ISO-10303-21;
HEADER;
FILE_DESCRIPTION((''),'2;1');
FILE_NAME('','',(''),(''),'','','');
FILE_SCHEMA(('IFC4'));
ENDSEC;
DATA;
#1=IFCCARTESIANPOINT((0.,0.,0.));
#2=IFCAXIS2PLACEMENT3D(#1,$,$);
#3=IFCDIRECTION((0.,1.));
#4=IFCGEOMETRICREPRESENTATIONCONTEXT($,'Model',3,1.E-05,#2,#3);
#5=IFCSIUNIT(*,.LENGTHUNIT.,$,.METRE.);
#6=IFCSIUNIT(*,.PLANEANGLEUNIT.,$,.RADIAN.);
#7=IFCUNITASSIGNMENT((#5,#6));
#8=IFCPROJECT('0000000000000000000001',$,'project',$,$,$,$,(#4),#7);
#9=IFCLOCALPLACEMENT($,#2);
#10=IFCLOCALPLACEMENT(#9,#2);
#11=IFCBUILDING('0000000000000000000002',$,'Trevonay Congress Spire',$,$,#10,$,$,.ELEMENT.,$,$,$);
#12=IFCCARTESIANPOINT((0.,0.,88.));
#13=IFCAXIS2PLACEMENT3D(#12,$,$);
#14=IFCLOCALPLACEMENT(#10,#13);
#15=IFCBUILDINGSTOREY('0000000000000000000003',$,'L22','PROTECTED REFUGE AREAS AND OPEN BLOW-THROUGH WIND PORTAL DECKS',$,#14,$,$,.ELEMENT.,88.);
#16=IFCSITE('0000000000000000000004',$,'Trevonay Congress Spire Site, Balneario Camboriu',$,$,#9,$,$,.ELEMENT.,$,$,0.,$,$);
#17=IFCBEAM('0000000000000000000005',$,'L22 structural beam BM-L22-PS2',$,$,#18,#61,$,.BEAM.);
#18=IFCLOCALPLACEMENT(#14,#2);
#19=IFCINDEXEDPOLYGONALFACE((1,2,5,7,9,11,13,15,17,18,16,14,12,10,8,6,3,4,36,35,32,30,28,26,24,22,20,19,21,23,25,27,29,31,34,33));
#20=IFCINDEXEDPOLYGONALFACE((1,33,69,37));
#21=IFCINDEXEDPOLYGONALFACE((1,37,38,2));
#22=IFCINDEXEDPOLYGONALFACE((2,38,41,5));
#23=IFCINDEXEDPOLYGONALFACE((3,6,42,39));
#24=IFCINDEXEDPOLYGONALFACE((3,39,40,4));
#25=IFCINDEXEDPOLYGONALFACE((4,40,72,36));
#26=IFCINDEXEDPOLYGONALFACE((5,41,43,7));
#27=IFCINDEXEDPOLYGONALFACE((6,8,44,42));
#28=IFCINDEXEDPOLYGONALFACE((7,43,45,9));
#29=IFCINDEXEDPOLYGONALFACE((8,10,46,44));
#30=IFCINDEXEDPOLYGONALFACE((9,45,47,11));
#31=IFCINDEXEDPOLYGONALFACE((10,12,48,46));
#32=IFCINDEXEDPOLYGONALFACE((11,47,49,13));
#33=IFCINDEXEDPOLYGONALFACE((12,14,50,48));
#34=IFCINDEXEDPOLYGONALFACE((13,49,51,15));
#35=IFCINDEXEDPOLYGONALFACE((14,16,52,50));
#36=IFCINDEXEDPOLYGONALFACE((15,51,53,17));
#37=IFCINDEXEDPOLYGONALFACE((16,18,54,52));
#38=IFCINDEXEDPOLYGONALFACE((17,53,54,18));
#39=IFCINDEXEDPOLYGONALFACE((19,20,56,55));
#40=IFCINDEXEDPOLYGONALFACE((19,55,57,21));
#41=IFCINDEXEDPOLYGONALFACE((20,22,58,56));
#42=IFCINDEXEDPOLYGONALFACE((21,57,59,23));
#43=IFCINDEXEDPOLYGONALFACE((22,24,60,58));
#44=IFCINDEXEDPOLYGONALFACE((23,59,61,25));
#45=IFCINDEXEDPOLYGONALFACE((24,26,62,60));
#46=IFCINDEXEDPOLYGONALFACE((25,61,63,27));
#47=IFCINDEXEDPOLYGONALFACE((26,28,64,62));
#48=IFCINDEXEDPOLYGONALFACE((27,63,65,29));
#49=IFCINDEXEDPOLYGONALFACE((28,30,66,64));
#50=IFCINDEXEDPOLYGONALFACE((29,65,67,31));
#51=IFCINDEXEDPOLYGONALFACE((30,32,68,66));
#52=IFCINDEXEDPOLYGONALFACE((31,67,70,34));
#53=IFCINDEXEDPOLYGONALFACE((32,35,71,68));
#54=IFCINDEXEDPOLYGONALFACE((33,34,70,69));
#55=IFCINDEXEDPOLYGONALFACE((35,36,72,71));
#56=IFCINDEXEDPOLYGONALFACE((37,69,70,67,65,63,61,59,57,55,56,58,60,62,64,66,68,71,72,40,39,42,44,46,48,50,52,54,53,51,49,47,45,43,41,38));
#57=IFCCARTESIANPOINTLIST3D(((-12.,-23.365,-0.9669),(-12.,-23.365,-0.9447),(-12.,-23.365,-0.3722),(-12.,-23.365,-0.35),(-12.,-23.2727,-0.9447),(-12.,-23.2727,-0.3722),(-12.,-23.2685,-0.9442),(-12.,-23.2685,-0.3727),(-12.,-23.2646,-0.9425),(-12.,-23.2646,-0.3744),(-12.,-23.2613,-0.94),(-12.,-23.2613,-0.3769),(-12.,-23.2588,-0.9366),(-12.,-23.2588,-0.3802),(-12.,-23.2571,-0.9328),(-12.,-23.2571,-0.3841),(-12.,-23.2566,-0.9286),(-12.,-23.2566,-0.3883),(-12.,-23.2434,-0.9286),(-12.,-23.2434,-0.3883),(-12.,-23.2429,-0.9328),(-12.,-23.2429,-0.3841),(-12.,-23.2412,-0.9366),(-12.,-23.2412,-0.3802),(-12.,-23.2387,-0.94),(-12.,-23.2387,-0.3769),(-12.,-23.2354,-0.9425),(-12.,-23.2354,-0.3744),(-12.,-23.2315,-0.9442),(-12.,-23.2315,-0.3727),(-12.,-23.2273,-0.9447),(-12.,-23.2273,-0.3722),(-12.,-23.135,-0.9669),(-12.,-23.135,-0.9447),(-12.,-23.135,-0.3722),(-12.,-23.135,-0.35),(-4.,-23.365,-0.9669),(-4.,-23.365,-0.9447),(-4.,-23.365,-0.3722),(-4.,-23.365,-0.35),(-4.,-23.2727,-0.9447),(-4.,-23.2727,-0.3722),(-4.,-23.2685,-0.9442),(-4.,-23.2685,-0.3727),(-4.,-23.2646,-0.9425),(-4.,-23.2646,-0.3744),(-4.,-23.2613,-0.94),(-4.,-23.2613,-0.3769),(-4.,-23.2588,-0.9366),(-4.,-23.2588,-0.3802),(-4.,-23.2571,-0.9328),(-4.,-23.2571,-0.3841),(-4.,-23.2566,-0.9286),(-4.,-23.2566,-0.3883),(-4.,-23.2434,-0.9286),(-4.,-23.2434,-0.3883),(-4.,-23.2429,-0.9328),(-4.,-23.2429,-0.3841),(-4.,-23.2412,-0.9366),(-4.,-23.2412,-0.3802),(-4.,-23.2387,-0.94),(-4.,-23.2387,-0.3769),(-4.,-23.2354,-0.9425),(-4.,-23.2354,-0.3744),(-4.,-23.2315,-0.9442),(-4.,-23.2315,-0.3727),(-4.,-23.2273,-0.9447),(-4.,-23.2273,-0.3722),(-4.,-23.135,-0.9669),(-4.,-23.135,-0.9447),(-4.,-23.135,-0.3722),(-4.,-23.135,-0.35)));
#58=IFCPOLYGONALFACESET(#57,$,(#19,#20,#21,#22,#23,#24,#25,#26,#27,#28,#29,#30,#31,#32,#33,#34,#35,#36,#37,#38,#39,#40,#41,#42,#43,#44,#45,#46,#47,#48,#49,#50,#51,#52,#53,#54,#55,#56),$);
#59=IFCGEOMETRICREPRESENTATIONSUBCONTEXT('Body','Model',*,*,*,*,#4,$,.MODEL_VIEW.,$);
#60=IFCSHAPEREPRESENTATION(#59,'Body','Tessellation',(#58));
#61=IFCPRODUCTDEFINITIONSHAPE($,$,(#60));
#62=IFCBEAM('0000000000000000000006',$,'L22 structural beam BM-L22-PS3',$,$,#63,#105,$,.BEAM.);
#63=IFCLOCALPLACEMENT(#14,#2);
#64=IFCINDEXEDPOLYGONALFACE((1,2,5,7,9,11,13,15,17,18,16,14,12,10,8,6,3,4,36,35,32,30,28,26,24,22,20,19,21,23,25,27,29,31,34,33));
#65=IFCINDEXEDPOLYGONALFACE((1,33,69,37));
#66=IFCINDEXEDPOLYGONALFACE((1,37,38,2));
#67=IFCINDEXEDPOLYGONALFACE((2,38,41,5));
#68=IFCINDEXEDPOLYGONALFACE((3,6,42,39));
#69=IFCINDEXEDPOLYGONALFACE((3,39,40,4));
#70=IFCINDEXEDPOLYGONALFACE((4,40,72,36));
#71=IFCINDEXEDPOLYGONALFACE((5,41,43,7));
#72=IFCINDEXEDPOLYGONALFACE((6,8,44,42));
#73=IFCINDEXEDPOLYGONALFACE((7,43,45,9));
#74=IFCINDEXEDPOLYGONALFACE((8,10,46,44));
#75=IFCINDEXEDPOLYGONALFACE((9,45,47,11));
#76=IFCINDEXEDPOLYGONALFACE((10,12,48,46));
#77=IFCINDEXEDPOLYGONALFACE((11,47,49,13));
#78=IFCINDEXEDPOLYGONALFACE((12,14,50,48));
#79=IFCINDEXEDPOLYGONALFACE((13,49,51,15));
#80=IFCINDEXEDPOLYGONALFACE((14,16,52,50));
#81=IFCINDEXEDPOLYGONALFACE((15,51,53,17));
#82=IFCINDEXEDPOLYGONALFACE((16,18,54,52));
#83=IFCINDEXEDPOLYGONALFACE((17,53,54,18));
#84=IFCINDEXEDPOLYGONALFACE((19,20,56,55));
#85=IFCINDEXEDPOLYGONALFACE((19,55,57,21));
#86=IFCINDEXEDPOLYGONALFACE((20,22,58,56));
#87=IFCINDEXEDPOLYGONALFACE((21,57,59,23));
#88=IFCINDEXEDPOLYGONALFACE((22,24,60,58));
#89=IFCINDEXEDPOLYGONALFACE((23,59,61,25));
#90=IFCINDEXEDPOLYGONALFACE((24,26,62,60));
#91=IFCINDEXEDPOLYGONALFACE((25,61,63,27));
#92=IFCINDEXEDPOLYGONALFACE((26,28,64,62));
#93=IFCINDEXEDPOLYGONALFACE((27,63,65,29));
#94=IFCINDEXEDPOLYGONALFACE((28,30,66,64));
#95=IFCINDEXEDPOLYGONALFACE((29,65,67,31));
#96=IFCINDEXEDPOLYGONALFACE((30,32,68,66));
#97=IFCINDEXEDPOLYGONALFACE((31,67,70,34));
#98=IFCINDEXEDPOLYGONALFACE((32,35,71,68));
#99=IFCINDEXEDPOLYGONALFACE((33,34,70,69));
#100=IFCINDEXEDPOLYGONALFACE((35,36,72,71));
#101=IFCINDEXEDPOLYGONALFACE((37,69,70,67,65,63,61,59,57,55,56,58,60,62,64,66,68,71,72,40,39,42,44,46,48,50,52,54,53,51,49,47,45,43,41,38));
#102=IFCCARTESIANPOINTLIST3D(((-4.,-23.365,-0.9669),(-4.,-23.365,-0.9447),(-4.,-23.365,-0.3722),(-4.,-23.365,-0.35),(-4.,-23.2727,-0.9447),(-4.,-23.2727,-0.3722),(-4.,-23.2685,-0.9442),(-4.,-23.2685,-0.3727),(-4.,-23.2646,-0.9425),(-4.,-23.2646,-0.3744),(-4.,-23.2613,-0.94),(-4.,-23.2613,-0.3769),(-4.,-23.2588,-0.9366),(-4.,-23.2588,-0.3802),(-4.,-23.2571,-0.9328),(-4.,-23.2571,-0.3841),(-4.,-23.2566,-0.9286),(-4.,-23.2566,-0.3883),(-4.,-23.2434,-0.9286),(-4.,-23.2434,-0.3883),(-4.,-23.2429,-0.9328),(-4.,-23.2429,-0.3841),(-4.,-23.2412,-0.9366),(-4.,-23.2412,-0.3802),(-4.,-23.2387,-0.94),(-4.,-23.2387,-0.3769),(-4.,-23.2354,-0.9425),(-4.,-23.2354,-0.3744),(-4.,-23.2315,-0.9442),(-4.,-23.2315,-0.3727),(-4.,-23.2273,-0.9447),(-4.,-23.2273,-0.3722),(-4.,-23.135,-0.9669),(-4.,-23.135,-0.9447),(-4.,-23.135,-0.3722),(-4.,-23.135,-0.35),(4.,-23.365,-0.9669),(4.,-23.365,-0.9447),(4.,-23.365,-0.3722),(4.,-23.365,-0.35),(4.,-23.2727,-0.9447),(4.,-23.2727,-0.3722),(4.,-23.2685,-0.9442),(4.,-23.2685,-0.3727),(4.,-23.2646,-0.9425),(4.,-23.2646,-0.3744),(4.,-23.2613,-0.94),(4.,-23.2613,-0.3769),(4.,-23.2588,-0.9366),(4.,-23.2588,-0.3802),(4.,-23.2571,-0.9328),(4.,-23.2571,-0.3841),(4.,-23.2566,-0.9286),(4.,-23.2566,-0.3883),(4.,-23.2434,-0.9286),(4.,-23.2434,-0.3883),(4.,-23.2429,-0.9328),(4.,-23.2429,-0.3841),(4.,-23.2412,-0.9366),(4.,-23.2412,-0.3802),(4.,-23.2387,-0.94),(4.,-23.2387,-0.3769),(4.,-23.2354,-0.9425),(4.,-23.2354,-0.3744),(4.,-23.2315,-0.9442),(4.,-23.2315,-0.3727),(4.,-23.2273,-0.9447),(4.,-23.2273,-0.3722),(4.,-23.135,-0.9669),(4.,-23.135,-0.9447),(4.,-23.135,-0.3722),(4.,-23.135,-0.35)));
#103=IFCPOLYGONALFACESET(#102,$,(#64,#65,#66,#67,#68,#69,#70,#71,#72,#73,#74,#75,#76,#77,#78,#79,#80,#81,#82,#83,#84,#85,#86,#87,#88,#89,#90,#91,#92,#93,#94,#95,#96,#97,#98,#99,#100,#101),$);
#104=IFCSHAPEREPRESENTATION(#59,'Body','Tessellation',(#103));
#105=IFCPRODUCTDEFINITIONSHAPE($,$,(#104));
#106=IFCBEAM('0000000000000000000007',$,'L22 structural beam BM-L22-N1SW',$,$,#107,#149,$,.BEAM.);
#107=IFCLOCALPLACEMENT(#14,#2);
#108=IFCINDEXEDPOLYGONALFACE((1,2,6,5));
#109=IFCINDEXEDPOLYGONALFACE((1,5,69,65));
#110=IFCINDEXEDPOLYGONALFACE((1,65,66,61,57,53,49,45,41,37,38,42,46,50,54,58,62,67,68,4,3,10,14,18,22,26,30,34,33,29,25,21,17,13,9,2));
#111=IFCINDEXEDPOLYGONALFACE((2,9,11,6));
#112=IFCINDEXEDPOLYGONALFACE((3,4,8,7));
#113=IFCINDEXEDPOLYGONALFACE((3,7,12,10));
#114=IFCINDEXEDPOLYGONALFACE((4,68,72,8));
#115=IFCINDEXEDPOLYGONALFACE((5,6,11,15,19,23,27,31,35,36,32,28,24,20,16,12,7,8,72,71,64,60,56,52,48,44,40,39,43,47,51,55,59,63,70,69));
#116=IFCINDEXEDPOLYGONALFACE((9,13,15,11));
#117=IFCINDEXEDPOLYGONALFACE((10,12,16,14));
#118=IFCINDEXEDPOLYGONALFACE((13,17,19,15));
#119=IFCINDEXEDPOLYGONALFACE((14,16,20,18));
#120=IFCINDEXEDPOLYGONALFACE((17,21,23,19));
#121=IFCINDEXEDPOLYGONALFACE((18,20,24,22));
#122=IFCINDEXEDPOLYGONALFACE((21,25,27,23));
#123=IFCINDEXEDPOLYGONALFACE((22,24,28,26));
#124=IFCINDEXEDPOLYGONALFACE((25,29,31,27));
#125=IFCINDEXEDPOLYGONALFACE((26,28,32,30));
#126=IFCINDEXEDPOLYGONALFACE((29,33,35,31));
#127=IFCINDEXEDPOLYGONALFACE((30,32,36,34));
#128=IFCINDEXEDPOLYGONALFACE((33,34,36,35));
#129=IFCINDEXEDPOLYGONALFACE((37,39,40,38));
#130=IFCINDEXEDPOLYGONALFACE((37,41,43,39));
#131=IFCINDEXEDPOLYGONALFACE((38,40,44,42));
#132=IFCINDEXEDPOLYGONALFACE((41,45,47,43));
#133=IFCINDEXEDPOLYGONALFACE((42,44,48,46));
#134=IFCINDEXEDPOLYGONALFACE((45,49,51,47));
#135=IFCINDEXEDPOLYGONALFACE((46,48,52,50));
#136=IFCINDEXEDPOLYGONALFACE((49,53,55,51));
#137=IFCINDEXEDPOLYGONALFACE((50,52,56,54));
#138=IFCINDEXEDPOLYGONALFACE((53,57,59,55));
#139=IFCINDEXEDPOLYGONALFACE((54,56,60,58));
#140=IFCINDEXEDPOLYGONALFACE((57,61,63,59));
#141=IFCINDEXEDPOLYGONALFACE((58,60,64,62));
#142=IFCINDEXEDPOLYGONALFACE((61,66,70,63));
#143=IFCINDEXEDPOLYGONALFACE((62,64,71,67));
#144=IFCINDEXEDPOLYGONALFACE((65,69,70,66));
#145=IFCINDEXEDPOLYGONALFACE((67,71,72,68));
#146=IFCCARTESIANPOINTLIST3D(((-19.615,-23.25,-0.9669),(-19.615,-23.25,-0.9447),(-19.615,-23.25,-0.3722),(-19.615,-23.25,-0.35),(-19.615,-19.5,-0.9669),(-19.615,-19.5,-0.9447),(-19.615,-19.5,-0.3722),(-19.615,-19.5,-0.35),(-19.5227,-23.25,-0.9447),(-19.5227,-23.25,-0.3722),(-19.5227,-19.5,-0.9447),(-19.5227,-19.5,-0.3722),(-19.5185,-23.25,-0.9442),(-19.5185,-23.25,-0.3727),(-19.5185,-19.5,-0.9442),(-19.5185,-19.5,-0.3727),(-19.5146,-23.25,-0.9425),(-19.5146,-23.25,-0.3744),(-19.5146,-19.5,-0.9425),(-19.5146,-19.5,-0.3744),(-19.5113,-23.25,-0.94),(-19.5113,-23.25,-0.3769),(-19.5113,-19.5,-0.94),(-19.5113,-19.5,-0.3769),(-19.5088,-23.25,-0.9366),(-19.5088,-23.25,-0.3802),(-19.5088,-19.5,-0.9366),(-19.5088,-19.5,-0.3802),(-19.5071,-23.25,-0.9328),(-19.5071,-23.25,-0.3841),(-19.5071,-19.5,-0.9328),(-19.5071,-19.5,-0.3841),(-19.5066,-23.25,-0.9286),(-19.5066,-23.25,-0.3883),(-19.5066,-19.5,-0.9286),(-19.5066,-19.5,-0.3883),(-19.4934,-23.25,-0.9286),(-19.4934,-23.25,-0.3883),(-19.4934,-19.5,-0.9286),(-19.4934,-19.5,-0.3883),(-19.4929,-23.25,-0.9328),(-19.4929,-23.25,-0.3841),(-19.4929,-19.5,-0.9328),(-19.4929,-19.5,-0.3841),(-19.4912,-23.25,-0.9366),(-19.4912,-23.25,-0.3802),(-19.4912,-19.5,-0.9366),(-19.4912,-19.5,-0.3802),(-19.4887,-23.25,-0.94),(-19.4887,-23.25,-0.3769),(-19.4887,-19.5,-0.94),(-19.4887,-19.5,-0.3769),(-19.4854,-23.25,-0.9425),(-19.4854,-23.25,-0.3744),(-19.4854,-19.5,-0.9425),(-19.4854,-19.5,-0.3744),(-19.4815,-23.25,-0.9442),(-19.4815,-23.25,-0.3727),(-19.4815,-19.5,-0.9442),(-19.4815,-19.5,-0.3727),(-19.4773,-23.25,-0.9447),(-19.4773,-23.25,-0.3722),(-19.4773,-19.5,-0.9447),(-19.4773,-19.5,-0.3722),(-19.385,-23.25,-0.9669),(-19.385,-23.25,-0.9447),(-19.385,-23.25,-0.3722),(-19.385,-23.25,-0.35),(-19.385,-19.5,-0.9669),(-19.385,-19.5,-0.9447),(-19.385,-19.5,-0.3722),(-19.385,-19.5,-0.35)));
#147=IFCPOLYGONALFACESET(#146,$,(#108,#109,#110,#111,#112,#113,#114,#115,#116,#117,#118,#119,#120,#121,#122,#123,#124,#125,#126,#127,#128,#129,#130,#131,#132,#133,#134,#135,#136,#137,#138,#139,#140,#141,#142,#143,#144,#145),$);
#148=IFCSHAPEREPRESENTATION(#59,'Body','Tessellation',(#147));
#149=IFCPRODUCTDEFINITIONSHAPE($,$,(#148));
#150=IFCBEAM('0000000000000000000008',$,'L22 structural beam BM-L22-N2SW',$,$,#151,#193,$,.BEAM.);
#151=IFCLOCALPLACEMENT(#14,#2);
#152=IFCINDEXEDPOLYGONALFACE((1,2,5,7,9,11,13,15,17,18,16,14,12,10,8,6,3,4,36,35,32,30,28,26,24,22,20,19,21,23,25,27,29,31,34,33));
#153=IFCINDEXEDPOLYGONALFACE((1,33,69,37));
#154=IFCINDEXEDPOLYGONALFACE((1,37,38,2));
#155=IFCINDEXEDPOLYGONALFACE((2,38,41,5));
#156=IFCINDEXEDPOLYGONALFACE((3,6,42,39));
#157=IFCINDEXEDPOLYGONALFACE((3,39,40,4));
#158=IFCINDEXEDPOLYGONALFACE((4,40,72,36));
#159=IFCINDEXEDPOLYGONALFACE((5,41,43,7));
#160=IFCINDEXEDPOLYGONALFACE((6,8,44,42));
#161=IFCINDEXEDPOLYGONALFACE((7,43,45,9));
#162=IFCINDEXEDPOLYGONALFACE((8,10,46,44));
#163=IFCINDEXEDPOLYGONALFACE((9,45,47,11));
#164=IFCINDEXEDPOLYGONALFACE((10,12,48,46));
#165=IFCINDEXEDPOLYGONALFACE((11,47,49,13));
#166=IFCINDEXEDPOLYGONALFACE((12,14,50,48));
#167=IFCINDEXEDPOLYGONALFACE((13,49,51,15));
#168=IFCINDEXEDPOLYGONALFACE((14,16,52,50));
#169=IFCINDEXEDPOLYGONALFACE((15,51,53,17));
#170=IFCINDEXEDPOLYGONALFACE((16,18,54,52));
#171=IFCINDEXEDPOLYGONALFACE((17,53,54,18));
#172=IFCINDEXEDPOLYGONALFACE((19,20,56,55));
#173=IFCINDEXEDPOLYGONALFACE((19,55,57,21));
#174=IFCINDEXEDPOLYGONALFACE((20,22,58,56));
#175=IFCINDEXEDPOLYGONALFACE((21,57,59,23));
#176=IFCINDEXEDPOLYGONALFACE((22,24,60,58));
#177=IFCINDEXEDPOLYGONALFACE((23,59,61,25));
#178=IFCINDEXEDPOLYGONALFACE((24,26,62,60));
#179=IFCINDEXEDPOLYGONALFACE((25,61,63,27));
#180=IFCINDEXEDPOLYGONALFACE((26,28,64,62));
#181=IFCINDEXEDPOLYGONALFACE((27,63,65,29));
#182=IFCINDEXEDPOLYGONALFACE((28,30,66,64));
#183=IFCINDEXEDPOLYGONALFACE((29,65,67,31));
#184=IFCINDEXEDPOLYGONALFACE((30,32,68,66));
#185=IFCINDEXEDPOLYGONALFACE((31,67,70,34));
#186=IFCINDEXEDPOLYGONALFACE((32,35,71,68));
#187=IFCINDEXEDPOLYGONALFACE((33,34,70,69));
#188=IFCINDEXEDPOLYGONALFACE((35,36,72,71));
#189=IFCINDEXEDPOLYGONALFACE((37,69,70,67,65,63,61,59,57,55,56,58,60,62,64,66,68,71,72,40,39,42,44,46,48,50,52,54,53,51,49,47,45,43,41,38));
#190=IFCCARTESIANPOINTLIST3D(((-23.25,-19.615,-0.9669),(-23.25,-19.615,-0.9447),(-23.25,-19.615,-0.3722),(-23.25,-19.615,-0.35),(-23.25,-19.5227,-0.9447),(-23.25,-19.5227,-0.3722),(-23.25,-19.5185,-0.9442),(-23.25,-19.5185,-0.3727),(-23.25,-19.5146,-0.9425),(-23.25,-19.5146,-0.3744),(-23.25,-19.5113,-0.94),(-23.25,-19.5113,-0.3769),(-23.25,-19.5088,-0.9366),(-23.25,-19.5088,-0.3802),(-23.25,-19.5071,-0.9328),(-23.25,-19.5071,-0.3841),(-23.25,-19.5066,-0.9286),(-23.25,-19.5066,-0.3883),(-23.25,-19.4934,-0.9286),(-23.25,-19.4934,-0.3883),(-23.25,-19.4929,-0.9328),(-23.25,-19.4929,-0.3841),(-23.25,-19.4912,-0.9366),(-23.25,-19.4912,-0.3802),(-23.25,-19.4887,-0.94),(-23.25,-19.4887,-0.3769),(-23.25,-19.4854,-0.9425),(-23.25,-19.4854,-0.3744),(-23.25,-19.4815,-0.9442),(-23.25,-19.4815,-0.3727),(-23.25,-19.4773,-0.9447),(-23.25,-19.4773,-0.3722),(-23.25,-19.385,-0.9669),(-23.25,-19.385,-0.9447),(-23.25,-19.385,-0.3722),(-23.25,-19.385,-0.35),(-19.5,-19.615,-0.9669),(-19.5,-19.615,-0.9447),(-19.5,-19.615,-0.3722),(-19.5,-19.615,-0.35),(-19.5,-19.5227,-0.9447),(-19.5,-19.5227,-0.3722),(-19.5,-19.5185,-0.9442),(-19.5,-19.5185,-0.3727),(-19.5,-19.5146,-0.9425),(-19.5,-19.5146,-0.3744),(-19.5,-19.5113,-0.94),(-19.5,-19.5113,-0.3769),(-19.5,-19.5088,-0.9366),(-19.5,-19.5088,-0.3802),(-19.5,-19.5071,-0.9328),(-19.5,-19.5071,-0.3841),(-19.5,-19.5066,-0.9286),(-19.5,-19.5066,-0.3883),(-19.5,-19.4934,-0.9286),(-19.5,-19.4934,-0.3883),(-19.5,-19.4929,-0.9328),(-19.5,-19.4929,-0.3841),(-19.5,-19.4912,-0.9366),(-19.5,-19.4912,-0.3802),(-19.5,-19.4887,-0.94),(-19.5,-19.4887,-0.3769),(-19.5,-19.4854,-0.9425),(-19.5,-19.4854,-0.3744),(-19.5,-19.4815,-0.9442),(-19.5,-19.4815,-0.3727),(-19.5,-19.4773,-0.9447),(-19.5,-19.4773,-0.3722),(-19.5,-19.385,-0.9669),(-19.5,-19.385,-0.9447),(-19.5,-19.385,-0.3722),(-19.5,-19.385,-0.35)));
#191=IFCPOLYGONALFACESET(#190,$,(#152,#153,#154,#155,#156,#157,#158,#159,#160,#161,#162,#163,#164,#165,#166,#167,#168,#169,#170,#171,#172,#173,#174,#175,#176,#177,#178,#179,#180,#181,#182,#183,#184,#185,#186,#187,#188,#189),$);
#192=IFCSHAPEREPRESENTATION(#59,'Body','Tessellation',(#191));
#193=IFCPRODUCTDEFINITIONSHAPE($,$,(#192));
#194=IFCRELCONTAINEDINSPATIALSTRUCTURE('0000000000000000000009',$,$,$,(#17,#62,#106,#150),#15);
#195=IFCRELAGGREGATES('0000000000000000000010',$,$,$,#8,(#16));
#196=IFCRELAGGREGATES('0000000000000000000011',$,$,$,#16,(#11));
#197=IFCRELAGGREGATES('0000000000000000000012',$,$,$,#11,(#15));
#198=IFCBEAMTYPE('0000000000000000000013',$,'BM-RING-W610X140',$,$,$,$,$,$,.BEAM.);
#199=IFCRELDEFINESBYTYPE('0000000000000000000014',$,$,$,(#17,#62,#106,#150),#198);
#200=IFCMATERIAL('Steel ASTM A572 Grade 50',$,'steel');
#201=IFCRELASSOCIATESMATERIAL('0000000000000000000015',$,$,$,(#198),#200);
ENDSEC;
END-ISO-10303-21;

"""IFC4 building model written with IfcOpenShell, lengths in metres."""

from ifc_helpers import new_model, si_unit, direction, frame, origin, origin_2d, place, context, subcontext, project, spatial, i_section, extrude, material, material_profile, profile_set, type_object, element, save


model = new_model("IFC4")

# Units and contexts
model_context = context("Model", 3, precision=1e-05, world=origin(), true_north=direction((0.0, 1.0)))
body_context = subcontext(model_context, "Body", "Model", "MODEL_VIEW")
ifc_project = project(units=[si_unit("LENGTHUNIT", "METRE"), si_unit("PLANEANGLEUNIT", "RADIAN")], contexts=[model_context])

# Site, building, storey
site_placement = place(None, origin())
site = spatial("IfcSite", under=ifc_project, at=site_placement, Name="Trevonay Congress Spire Site, Balneario Camboriu", CompositionType="ELEMENT", RefElevation=0.0)
building_placement = place(site_placement, origin())
building = spatial("IfcBuilding", under=site, at=building_placement, Name="Trevonay Congress Spire", CompositionType="ELEMENT")
storey_placement = place(building_placement, frame((0.0, 0.0, 88.0)))
storey = spatial("IfcBuildingStorey", under=building, at=storey_placement, Name="L22", Description="PROTECTED REFUGE AREAS AND OPEN BLOW-THROUGH WIND PORTAL DECKS", CompositionType="ELEMENT", Elevation=88.0)

# Shared definitions
ifc_material_1 = material(Name="Steel ASTM A572 Grade 50", Category="steel")

# Beams
ifc_material_profile_1 = material_profile(ifc_material_1, i_section(OverallWidth=0.23, OverallDepth=0.6169, WebThickness=0.0132, FlangeThickness=0.0222, FilletRadius=0.0161, at=origin_2d()), Name="W610x140")
ifc_profile_set_1 = profile_set([ifc_material_profile_1], Name="Steel ASTM A572 Grade 50")
beam_type_1 = type_object("IfcBeamType", Name="BM-RING-W610X140", PredefinedType="BEAM", material=ifc_profile_set_1)
for number, where, z_axis, x_axis, name in (
    (1, (-12.0, -23.25, -0.6584), (1.0, 0.0, 0.0), (0.0, 1.0, 0.0), "L22 structural beam BM-L22-PS2"),
    (2, (-4.0, -23.25, -0.6584), (1.0, 0.0, 0.0), (0.0, 1.0, 0.0), "L22 structural beam BM-L22-PS3"),
):
    element("IfcBeam", number, at=place(storey_placement, frame(where, z_axis=z_axis, x_axis=x_axis)), inside=storey, type_object=beam_type_1, Name=name, PredefinedType="BEAM", context=body_context, shape_type="SweptSolid", body=[
        extrude(i_section(OverallWidth=0.23, OverallDepth=0.6169, WebThickness=0.0132, FlangeThickness=0.0222, FilletRadius=0.0161, at=origin_2d()), origin(), (0.0, 0.0, 1.0), 8.0),
    ])
for number, where, z_axis, x_axis, name in (
    (3, (-19.5, -23.25, -0.6584), (0.0, 1.0, 0.0), (-1.0, 0.0, 0.0), "L22 structural beam BM-L22-N1SW"),
    (4, (-23.25, -19.5, -0.6584), (1.0, 0.0, 0.0), (0.0, 1.0, 0.0), "L22 structural beam BM-L22-N2SW"),
):
    element("IfcBeam", number, at=place(storey_placement, frame(where, z_axis=z_axis, x_axis=x_axis)), inside=storey, type_object=beam_type_1, Name=name, PredefinedType="BEAM", context=body_context, shape_type="SweptSolid", body=[
        extrude(i_section(OverallWidth=0.23, OverallDepth=0.6169, WebThickness=0.0132, FlangeThickness=0.0222, FilletRadius=0.0161, at=origin_2d()), origin(), (0.0, 0.0, 1.0), 3.75),
    ])

save(model, "model.ifc")
